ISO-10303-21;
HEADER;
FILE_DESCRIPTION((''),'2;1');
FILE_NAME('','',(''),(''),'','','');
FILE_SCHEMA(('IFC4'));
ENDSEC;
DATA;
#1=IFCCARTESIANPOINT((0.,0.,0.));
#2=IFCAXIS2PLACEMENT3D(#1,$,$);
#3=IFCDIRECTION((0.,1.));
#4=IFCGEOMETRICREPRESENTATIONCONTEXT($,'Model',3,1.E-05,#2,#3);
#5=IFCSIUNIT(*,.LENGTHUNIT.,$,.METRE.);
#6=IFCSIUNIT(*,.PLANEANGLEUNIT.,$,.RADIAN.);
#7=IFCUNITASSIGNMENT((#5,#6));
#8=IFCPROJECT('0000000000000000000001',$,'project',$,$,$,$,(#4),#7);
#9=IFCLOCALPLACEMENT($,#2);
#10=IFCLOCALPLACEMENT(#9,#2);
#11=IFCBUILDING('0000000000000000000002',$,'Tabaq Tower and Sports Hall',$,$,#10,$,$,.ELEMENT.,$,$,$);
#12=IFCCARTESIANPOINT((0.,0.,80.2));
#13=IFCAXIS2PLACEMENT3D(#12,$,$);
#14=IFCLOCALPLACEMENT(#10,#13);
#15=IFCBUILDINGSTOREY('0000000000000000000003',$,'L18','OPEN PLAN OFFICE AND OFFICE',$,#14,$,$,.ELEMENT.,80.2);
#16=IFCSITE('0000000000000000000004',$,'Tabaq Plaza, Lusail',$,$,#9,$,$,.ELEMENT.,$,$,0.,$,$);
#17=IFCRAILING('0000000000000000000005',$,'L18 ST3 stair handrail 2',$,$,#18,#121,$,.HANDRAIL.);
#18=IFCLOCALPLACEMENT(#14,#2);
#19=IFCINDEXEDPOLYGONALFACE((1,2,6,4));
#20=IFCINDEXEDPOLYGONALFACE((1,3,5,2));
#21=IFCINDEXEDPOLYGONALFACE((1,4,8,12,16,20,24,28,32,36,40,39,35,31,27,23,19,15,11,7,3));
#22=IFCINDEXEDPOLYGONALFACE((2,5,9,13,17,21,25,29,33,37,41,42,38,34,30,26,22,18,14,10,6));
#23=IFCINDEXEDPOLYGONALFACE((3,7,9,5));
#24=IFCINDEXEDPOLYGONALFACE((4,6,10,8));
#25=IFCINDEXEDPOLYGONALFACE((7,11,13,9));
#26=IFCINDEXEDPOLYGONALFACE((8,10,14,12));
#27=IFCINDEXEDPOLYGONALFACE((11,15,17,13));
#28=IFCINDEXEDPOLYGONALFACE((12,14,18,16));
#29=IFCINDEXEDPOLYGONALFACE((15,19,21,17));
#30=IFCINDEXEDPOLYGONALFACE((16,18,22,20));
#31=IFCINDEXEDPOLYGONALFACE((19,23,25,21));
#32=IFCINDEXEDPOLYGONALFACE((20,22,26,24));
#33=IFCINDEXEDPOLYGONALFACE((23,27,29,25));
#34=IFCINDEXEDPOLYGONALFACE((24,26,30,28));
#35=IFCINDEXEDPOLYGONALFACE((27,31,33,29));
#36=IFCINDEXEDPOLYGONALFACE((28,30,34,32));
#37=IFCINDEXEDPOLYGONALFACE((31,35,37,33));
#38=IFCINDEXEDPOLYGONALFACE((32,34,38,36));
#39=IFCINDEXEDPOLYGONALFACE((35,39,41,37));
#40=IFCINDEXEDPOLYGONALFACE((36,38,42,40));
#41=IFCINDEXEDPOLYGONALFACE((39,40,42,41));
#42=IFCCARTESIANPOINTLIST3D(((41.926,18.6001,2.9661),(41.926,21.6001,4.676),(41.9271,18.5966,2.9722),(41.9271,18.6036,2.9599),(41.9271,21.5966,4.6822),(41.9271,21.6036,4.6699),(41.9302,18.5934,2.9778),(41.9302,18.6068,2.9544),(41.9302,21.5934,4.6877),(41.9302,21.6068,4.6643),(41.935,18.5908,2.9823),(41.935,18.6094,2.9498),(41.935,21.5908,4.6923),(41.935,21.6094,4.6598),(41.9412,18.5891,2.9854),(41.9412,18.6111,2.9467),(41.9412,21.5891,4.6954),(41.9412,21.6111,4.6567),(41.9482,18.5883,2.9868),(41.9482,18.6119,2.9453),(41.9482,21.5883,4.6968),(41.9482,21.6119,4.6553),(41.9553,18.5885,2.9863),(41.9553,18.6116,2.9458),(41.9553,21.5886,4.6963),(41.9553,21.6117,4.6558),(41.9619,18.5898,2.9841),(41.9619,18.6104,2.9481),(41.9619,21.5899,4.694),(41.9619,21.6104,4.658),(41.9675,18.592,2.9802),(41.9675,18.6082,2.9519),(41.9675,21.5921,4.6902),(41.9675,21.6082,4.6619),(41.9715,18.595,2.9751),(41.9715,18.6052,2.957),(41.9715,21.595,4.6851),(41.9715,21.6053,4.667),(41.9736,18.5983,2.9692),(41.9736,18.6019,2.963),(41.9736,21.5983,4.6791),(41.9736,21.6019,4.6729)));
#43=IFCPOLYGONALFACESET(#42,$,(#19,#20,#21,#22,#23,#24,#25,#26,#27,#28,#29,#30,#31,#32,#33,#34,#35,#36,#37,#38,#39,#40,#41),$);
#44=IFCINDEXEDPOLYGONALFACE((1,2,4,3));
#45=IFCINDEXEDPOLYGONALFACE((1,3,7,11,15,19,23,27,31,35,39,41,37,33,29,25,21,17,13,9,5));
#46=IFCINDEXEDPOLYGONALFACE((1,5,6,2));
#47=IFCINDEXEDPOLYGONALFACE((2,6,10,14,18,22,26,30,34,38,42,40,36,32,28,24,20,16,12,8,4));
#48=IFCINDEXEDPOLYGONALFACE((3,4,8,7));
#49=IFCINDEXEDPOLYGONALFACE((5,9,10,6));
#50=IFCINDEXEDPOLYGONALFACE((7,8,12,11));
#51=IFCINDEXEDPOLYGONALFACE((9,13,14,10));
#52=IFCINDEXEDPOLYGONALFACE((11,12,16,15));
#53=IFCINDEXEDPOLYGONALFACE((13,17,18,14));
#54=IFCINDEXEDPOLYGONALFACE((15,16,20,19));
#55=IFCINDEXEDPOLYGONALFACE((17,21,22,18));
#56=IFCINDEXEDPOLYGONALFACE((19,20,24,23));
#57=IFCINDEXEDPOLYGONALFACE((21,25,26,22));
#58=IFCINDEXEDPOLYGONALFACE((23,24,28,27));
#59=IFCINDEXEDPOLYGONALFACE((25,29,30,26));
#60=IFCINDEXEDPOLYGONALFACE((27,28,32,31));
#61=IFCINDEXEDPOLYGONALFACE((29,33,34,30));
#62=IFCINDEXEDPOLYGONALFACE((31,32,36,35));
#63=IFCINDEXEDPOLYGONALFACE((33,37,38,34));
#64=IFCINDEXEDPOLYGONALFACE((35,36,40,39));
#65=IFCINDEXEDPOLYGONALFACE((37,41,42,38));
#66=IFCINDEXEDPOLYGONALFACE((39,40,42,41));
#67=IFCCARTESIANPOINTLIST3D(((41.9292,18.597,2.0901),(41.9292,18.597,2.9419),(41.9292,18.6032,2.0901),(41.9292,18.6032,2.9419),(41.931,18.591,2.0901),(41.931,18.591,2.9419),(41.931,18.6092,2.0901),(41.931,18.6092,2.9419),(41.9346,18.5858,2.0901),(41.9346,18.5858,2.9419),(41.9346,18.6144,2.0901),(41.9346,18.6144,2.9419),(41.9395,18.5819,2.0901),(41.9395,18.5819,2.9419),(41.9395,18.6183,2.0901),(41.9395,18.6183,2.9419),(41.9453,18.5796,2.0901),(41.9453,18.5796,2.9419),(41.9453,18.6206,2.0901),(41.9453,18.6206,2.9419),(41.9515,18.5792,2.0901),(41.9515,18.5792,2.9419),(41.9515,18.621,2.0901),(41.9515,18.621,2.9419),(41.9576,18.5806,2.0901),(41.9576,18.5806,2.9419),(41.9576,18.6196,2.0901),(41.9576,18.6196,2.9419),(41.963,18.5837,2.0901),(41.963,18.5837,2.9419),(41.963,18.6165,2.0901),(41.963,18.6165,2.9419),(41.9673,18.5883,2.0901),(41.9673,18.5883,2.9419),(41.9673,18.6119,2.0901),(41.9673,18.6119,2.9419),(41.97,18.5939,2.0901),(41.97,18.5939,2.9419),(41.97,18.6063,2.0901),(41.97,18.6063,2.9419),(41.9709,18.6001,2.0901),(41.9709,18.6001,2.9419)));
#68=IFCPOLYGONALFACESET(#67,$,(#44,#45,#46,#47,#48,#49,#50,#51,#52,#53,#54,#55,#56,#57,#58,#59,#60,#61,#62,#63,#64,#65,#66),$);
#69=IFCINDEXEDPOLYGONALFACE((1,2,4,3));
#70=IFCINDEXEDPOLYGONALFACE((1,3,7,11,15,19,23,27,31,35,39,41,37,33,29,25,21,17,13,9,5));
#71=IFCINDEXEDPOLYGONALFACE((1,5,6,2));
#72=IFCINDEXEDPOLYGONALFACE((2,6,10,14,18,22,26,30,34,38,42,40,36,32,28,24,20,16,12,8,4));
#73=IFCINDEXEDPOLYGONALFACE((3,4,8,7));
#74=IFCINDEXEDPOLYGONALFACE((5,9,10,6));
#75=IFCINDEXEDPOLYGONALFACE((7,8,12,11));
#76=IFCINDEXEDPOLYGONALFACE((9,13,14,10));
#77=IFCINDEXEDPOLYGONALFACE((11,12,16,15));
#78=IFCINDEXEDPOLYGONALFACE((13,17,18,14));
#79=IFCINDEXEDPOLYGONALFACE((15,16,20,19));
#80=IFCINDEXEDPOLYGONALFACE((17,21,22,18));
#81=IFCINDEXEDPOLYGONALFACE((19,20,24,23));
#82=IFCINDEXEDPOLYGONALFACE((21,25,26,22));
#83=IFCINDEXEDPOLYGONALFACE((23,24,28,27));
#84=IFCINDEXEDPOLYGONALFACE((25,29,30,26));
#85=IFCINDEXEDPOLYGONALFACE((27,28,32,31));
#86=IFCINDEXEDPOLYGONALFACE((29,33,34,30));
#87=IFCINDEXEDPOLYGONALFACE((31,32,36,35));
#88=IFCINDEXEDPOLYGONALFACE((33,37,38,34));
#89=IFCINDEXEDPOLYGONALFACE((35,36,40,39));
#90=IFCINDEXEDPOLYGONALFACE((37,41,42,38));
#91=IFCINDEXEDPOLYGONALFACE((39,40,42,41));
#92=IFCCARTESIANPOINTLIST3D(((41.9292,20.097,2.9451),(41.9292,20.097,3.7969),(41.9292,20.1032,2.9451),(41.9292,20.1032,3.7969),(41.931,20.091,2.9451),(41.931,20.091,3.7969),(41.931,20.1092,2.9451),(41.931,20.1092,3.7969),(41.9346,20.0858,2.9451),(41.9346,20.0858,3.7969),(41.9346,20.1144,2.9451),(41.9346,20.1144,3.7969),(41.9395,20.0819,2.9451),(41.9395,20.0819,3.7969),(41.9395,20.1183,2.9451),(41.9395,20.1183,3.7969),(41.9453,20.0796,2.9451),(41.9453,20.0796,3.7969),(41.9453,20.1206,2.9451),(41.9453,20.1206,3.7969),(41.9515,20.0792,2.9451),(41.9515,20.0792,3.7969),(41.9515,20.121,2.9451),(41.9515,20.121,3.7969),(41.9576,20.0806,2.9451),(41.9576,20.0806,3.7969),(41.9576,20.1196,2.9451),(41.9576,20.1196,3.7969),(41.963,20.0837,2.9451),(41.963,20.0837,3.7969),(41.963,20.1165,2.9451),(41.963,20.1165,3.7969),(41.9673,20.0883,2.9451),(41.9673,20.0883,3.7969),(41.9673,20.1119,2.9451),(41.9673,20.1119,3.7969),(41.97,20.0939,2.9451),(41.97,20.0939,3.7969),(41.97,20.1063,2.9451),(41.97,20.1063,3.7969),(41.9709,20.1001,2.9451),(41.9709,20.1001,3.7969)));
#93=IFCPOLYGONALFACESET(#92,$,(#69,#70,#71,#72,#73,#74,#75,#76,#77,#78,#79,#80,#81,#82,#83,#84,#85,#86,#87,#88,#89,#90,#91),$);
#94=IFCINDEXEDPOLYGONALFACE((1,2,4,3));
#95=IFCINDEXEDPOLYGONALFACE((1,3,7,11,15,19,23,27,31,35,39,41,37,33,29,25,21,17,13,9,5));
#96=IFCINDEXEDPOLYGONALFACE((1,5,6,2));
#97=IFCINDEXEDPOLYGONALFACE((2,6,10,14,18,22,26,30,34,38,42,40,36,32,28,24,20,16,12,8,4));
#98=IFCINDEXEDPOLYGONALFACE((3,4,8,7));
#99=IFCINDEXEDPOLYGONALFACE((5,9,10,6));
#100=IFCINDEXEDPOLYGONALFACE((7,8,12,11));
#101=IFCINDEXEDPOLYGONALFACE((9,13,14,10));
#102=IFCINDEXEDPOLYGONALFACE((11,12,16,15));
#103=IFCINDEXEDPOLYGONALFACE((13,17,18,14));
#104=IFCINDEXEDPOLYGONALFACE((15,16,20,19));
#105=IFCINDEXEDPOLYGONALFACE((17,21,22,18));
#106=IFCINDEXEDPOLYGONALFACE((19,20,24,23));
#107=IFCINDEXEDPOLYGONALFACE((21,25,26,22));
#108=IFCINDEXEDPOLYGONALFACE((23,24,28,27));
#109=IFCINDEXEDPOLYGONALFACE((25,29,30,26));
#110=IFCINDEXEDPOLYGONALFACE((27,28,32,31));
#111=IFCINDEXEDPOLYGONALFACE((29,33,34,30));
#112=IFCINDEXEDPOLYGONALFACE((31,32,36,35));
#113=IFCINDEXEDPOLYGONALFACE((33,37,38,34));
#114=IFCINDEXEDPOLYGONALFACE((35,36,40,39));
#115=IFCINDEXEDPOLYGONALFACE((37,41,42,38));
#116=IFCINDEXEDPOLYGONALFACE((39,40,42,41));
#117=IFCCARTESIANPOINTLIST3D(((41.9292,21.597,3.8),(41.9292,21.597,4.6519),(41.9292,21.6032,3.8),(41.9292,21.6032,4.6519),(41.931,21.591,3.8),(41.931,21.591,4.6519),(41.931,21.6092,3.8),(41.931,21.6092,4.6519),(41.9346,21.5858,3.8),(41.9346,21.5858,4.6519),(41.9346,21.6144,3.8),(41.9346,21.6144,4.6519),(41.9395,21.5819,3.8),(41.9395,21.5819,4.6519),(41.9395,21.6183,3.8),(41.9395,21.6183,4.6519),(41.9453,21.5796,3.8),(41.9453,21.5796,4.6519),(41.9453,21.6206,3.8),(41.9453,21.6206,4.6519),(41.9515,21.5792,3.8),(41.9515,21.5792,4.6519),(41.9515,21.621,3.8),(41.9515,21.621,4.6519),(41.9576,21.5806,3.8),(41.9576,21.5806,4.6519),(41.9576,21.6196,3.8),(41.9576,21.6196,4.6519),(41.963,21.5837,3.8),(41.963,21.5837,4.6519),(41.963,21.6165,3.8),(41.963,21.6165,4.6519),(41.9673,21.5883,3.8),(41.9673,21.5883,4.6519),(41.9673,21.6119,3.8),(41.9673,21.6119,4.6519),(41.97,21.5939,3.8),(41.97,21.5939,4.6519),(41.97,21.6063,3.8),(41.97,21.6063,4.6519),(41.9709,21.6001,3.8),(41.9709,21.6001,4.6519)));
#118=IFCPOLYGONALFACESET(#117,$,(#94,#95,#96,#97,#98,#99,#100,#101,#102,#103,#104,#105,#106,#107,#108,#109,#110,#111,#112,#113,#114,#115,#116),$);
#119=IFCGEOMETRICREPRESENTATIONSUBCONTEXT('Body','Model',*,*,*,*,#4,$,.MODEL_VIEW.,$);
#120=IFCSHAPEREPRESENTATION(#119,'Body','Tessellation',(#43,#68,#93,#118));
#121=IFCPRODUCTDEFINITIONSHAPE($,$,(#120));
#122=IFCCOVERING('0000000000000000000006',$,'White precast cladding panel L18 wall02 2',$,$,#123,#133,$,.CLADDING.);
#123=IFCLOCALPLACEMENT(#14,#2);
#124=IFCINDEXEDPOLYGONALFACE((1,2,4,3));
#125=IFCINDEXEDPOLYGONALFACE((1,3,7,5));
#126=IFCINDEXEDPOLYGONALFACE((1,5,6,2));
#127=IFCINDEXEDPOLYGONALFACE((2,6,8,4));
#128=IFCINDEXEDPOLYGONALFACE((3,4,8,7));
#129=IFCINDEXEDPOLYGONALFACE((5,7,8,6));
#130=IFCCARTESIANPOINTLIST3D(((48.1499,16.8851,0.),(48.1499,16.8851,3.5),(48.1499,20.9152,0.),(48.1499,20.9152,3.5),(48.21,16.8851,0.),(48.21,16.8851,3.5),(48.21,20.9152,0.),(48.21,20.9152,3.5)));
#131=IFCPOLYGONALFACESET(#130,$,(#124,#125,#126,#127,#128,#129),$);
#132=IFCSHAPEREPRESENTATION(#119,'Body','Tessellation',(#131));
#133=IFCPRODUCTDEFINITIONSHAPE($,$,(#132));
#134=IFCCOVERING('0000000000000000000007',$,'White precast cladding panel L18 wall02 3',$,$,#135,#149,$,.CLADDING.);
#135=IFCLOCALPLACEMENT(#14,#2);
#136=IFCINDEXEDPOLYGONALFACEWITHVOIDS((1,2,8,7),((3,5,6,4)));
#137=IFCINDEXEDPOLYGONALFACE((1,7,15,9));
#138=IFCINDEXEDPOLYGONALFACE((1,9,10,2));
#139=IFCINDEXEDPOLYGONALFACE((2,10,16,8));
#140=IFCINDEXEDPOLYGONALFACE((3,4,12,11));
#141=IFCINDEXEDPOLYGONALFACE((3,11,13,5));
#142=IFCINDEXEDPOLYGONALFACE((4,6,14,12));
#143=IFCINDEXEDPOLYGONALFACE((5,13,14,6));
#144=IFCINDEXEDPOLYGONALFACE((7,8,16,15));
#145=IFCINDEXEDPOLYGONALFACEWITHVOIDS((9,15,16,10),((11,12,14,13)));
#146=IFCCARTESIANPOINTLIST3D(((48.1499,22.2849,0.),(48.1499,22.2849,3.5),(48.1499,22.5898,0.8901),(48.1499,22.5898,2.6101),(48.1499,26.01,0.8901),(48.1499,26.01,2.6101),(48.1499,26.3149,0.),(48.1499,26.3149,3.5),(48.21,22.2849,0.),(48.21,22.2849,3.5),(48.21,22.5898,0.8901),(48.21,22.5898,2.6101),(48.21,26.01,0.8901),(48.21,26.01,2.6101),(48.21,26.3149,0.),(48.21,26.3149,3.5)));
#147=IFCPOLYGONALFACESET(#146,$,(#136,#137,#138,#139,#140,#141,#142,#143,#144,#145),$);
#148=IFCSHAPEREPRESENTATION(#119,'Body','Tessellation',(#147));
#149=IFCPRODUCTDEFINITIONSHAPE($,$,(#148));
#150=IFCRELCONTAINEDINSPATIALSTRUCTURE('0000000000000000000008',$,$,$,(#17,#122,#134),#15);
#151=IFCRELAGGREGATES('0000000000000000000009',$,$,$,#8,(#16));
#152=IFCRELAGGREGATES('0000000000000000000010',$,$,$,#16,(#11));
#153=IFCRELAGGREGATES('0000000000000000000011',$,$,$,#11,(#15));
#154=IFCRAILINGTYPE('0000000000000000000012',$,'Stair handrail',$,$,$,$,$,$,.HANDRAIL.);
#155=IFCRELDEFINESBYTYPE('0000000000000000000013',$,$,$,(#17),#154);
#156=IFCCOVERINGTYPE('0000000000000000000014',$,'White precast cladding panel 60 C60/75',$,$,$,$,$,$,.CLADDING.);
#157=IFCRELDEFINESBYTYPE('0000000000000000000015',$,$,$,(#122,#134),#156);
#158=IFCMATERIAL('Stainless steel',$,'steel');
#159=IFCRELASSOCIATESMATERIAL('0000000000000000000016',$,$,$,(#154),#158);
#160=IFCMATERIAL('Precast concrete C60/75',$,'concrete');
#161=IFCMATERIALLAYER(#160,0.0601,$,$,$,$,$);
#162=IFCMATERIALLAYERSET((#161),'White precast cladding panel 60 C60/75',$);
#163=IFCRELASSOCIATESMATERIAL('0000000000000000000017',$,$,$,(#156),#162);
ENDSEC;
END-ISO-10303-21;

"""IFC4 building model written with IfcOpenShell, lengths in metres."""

from ifc_helpers import new_model, si_unit, direction, frame, frame_2d, origin, origin_2d, place, context, subcontext, project, spatial, polyline, rectangle, circle, outline, extrude, material, layer, layer_set, type_object, element, save


model = new_model("IFC4")

# Units and contexts
model_context = context("Model", 3, precision=1e-05, world=origin(), true_north=direction((0.0, 1.0)))
body_context = subcontext(model_context, "Body", "Model", "MODEL_VIEW")
ifc_project = project(units=[si_unit("LENGTHUNIT", "METRE"), si_unit("PLANEANGLEUNIT", "RADIAN")], contexts=[model_context])

# Site, building, storey
site_placement = place(None, origin())
site = spatial("IfcSite", under=ifc_project, at=site_placement, Name="Tabaq Plaza, Lusail", CompositionType="ELEMENT", RefElevation=0.0)
building_placement = place(site_placement, origin())
building = spatial("IfcBuilding", under=site, at=building_placement, Name="Tabaq Tower and Sports Hall", CompositionType="ELEMENT")
storey_placement = place(building_placement, frame((0.0, 0.0, 80.2)))
storey = spatial("IfcBuildingStorey", under=building, at=storey_placement, Name="L18", Description="OPEN PLAN OFFICE AND OFFICE", CompositionType="ELEMENT", Elevation=80.2)

# Railing
ifc_material_1 = material(Name="Stainless steel", Category="steel")
railing_type_1 = type_object("IfcRailingType", Name="Stair handrail", PredefinedType="HANDRAIL", material=ifc_material_1)
railing_1_placement = place(storey_placement, frame((41.95, 18.6001, 2.0901)))
element("IfcRailing", 1, at=railing_1_placement, inside=storey, type_object=railing_type_1, Name="L18 ST3 stair handrail 2", PredefinedType="HANDRAIL", context=body_context, shape_type="SweptSolid", body=[
    extrude(circle(Radius=0.0239, at=origin_2d()), frame((0.0, 0.0, 0.876), z_axis=(0.0, 0.868782, 0.495195), x_axis=(-1.0, 0.0, 0.0)), (0.0, 0.0, 1.0), 3.4531),
    extrude(circle(Radius=0.021, at=origin_2d()), origin(), (0.0, 0.0, 1.0), 0.8518),
    extrude(circle(Radius=0.021, at=origin_2d()), frame((0.0, 1.5, 0.855)), (0.0, 0.0, 1.0), 0.8518),
    extrude(circle(Radius=0.021, at=origin_2d()), frame((0.0, 3.0, 1.71)), (0.0, 0.0, 1.0), 0.8518),
])

# Coverings
ifc_material_2 = material(Name="Precast concrete C60/75", Category="concrete")
ifc_layer_1 = layer(ifc_material_2, 0.0601)
ifc_layer_set_1 = layer_set([ifc_layer_1], Name="White precast cladding panel 60 C60/75")
covering_type_1 = type_object("IfcCoveringType", Name="White precast cladding panel 60 C60/75", PredefinedType="CLADDING", material=ifc_layer_set_1)
covering_1_placement = place(storey_placement, frame((48.1799, 16.885, 0.0), z_axis=(0.0, 0.0, 1.0), x_axis=(0.0, 1.0, 0.0)))
element("IfcCovering", 2, at=covering_1_placement, inside=storey, type_object=covering_type_1, Name="White precast cladding panel L18 wall02 2", PredefinedType="CLADDING", context=body_context, shape_type="SweptSolid", body=[
    extrude(rectangle(XDim=4.03, YDim=0.0601, at=frame_2d((2.0151, 0.0))), origin(), (0.0, 0.0, 1.0), 3.5),
])
covering_2_placement = place(storey_placement, frame((48.1799, 22.2849, 0.0), z_axis=(0.0, 0.0, 1.0), x_axis=(0.0, 1.0, 0.0)))
element("IfcCovering", 3, at=covering_2_placement, inside=storey, type_object=covering_type_1, Name="White precast cladding panel L18 wall02 3", PredefinedType="CLADDING", context=body_context, shape_type="SweptSolid", body=[
    extrude(outline(polyline([(0.0, 0.0), (4.03, 0.0), (4.03, 3.5), (0.0, 3.5), (0.0, 0.0)]), holes=[polyline([(0.3049, 0.8901), (0.3049, 2.6101), (3.7251, 2.6101), (3.7251, 0.8901), (0.3049, 0.8901)])]), frame((0.0, 0.03, 0.0), z_axis=(0.0, -1.0, 0.0), x_axis=(1.0, 0.0, 0.0)), (0.0, 0.0, 1.0), 0.0601),
])

save(model, "model.ifc")
